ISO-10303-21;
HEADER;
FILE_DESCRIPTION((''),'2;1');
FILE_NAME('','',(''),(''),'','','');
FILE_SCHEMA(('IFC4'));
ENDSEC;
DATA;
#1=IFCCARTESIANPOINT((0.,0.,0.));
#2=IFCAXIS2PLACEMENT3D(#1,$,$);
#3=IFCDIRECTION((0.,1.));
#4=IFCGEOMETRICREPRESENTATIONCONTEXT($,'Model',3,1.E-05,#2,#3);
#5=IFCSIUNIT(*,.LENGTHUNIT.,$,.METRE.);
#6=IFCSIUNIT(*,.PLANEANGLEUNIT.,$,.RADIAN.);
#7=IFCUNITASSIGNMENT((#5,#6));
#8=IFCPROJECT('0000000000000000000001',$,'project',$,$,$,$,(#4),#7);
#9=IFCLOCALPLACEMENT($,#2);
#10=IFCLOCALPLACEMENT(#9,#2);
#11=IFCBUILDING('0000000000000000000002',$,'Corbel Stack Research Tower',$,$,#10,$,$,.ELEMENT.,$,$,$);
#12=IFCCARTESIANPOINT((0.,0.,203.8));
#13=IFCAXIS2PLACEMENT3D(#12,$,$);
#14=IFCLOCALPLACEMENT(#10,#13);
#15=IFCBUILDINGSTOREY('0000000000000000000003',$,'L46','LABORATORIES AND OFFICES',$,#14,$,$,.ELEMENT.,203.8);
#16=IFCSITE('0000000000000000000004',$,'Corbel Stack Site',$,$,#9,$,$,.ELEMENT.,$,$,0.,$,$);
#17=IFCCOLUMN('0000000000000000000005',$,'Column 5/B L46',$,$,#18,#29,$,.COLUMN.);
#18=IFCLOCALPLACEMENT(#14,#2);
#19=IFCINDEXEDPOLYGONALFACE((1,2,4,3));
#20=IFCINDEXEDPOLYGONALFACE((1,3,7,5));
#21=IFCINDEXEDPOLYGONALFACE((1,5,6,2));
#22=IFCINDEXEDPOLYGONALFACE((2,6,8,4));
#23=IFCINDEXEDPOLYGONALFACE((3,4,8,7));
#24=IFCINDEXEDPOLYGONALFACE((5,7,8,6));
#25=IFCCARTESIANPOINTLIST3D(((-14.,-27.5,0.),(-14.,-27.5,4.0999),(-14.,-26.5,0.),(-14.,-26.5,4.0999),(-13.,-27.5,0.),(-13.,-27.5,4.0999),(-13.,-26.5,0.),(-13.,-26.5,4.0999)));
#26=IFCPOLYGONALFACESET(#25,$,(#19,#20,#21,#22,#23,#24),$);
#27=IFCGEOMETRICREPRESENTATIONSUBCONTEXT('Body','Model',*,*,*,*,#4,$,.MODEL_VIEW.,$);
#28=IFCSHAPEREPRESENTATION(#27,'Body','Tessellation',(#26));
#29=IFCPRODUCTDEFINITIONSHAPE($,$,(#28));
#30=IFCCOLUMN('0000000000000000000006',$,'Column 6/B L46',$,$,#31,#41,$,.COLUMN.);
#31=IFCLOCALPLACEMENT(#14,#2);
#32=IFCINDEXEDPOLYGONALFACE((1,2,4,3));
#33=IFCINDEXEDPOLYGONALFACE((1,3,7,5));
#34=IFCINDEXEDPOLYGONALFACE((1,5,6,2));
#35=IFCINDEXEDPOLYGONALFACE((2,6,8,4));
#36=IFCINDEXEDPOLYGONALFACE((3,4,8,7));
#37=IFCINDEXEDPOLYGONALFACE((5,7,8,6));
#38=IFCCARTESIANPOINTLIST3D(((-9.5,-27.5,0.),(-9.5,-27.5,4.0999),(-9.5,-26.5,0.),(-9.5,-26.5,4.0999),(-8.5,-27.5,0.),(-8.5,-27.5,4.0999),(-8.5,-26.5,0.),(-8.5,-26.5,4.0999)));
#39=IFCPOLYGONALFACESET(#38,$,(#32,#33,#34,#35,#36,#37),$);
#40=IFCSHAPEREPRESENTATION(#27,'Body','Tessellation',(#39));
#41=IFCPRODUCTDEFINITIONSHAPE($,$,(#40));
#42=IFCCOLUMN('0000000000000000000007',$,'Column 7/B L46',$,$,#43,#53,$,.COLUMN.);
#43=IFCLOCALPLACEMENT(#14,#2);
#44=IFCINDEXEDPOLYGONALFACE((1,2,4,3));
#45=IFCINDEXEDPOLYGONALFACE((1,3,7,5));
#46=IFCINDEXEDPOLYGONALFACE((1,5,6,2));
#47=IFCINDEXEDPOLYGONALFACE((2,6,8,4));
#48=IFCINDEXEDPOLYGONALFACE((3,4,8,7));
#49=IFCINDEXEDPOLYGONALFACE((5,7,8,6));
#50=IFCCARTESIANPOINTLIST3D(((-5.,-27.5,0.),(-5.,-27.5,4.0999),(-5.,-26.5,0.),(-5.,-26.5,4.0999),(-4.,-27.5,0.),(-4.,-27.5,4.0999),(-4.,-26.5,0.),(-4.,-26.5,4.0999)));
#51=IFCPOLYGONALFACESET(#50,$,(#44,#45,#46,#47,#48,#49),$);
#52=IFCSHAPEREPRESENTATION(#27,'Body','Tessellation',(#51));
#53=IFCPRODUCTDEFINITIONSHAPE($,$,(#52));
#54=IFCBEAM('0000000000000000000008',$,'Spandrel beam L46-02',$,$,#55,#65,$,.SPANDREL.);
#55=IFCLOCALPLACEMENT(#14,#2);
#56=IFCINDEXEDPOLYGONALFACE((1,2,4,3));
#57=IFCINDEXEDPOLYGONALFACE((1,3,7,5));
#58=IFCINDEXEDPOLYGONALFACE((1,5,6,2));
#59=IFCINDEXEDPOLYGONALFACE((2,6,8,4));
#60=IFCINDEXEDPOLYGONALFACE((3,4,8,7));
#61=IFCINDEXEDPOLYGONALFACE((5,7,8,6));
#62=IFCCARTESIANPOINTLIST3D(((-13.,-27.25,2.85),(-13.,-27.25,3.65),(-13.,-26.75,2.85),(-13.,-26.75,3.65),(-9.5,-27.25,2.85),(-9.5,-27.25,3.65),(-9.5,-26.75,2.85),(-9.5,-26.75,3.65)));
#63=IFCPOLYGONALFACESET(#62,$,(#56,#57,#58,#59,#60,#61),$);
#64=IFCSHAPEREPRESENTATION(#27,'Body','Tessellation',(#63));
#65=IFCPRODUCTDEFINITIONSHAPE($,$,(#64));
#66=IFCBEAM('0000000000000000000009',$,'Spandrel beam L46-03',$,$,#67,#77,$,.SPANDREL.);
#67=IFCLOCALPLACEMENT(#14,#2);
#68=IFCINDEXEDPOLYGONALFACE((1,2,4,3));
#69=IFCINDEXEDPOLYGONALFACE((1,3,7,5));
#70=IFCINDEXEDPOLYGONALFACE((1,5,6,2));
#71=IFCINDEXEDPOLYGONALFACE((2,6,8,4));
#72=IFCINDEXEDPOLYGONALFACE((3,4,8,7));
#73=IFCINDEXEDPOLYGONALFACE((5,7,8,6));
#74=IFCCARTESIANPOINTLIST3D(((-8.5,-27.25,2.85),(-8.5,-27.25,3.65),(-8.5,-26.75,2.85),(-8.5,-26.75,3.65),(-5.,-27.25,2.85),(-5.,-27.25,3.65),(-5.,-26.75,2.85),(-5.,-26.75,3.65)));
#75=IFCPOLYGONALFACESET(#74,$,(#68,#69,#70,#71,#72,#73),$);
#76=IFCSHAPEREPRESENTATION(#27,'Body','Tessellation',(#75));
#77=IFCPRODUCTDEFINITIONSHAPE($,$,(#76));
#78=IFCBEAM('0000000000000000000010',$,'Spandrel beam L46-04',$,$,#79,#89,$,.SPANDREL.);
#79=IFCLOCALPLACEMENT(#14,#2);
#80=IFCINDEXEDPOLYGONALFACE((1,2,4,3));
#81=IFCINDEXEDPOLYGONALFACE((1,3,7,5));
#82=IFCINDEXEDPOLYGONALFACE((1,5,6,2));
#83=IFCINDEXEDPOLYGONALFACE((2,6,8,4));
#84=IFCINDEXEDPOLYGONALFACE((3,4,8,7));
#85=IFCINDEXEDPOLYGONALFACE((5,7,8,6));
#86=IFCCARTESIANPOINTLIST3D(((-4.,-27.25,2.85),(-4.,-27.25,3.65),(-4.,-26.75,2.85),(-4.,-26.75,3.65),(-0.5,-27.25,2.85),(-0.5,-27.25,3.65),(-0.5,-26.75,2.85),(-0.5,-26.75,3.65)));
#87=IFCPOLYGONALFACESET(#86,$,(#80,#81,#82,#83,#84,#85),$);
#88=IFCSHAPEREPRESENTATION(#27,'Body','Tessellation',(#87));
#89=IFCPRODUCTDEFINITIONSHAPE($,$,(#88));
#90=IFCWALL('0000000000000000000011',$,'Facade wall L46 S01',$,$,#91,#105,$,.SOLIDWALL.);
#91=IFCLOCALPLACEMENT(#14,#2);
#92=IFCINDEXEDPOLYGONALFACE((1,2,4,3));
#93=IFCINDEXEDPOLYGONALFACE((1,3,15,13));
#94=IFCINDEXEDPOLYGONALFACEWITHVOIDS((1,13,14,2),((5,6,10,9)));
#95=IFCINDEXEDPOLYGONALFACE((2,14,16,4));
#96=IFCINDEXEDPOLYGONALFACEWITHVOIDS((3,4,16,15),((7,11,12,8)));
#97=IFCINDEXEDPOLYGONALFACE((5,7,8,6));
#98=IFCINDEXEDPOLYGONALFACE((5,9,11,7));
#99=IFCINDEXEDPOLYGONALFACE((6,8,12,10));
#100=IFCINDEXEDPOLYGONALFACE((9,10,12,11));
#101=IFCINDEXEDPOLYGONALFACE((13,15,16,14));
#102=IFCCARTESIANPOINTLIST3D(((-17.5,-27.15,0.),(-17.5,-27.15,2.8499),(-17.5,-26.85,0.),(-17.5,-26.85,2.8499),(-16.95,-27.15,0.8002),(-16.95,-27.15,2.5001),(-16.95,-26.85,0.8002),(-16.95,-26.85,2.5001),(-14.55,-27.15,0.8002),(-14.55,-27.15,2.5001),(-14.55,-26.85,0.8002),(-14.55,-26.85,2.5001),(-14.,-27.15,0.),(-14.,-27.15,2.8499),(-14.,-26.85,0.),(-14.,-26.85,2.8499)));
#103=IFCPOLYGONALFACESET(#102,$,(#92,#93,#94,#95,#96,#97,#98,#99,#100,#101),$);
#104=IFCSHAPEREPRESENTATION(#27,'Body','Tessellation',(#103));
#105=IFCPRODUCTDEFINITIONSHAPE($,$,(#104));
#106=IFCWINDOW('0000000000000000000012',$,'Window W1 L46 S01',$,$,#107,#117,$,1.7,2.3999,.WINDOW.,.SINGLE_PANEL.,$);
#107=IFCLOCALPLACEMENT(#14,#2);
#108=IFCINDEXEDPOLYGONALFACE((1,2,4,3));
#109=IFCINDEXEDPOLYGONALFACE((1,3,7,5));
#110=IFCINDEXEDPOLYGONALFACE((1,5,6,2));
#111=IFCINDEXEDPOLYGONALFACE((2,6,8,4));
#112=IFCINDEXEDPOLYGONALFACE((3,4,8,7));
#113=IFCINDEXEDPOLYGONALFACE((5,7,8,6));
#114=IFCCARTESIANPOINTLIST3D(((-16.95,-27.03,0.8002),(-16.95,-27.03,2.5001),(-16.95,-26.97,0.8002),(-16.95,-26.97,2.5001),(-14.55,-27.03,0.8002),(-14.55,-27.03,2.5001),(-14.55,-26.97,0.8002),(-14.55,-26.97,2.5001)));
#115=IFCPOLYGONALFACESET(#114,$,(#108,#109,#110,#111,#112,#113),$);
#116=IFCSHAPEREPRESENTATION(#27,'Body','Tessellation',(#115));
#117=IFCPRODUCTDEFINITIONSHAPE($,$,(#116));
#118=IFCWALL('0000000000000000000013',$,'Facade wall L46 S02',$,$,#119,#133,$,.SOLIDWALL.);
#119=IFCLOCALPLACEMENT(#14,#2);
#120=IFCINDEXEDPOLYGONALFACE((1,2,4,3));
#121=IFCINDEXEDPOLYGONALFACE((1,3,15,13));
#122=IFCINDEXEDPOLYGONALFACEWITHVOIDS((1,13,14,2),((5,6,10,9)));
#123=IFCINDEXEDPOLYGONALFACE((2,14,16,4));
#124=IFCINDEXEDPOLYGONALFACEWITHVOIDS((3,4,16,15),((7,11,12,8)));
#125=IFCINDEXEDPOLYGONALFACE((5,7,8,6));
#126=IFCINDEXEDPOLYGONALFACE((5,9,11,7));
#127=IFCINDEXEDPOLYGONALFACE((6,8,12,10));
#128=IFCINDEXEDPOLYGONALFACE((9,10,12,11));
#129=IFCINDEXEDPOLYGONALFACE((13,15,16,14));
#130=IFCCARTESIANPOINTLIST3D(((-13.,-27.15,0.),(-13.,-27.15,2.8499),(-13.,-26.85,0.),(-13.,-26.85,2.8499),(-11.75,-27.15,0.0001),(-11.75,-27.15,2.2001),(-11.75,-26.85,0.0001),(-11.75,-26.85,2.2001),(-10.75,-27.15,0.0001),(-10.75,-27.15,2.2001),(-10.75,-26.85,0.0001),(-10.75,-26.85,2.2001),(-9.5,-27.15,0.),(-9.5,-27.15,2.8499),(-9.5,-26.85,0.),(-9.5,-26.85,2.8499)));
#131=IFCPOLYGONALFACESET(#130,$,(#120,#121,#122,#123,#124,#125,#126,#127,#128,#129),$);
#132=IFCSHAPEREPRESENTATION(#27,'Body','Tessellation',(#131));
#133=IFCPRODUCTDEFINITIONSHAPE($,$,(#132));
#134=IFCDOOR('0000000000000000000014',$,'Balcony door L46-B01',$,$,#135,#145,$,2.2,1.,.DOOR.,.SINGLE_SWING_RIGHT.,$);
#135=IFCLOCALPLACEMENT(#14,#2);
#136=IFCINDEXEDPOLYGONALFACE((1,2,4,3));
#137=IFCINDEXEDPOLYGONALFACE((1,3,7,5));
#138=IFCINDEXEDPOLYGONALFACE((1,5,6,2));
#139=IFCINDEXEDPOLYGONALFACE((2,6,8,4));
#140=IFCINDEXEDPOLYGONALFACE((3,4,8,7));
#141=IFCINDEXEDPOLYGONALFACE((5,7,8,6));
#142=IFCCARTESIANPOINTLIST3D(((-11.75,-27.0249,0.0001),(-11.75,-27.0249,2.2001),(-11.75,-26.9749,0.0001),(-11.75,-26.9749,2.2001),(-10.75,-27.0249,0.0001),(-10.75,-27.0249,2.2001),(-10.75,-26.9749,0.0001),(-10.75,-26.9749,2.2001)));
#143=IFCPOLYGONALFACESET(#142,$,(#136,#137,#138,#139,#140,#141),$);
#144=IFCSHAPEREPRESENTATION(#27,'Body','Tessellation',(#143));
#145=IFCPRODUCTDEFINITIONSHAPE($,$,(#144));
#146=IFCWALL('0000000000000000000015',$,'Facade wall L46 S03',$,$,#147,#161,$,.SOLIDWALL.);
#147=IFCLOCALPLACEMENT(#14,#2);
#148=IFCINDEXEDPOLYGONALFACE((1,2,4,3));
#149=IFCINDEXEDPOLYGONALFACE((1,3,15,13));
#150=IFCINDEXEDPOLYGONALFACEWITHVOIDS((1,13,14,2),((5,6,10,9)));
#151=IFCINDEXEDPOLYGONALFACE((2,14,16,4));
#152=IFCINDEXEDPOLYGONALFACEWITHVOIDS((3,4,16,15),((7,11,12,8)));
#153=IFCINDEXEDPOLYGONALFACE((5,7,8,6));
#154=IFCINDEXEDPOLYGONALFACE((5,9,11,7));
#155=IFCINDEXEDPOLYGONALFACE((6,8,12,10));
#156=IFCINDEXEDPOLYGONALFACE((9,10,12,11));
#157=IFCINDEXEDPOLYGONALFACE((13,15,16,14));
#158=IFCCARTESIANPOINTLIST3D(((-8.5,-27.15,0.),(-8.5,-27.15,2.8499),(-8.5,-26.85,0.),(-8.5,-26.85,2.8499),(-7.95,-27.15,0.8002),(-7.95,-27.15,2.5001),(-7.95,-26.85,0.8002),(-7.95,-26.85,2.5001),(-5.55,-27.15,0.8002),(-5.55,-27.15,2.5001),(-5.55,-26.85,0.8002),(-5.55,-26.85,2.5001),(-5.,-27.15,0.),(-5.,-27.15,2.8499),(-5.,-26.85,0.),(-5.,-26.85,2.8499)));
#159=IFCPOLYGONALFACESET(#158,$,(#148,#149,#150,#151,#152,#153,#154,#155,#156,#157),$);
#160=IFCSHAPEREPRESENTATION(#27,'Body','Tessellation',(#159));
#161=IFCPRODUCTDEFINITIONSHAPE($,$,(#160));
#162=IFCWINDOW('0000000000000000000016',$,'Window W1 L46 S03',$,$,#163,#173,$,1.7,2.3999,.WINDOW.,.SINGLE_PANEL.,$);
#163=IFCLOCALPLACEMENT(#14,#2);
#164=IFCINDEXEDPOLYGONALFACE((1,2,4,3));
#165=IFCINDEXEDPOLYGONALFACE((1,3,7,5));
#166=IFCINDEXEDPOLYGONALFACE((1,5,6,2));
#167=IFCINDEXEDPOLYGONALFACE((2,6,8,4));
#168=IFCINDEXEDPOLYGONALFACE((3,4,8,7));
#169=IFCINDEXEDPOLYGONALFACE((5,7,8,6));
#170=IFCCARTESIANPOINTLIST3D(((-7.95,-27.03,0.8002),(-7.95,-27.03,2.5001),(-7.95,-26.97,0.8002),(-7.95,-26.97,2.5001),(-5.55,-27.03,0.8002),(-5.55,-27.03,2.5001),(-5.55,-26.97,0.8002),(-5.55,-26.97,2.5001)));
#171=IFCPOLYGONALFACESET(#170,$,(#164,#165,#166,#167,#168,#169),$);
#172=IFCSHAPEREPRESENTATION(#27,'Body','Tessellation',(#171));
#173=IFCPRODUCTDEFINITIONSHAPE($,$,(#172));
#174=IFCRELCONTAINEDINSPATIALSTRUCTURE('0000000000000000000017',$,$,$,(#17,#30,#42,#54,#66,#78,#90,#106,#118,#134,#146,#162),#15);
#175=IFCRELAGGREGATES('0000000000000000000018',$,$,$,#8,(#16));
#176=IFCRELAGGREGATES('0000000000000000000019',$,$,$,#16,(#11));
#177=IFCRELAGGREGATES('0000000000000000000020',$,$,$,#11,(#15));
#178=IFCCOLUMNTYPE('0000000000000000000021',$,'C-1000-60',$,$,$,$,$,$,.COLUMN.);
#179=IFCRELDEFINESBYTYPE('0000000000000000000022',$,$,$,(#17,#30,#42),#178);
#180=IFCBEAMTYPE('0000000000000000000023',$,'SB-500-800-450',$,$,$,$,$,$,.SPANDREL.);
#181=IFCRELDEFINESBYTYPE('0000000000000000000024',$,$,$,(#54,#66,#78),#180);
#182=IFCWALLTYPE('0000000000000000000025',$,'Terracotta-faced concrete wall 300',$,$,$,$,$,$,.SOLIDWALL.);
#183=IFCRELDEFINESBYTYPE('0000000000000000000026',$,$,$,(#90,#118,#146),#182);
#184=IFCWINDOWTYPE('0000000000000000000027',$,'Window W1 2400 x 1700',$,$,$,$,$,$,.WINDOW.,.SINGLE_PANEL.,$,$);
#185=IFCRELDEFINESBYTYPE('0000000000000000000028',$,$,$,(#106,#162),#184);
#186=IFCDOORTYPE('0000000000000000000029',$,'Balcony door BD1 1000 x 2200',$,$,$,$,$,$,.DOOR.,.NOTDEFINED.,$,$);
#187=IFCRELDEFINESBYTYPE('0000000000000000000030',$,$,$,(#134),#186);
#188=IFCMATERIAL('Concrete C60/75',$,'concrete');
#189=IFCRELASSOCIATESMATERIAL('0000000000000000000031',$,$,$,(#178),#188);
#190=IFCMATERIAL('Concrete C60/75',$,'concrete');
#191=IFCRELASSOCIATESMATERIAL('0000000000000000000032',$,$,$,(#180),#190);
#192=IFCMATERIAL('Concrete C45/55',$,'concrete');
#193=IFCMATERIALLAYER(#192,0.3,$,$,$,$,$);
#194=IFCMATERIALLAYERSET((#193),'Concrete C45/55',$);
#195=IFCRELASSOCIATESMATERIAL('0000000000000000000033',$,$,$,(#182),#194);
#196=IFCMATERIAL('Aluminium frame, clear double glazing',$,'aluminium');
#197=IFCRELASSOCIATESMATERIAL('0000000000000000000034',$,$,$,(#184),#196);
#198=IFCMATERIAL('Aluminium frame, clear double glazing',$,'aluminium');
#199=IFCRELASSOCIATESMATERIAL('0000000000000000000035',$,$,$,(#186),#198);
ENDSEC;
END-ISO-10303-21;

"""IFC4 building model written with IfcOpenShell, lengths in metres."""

from ifc_helpers import new_model, si_unit, direction, frame, frame_2d, origin, origin_2d, place, context, subcontext, project, spatial, rectangle, extrude, material, layer, layer_set, material_profile, profile_set, type_object, element, fill, save


model = new_model("IFC4")

# Units and contexts
model_context = context("Model", 3, precision=1e-05, world=origin(), true_north=direction((0.0, 1.0)))
body_context = subcontext(model_context, "Body", "Model", "MODEL_VIEW")
ifc_project = project(units=[si_unit("LENGTHUNIT", "METRE"), si_unit("PLANEANGLEUNIT", "RADIAN")], contexts=[model_context])

# Site, building, storey
site_placement = place(None, origin())
site = spatial("IfcSite", under=ifc_project, at=site_placement, Name="Corbel Stack Site", CompositionType="ELEMENT", RefElevation=0.0)
building_placement = place(site_placement, origin())
building = spatial("IfcBuilding", under=site, at=building_placement, Name="Corbel Stack Research Tower", CompositionType="ELEMENT")
storey_placement = place(building_placement, frame((0.0, 0.0, 203.8)))
storey = spatial("IfcBuildingStorey", under=building, at=storey_placement, Name="L46", Description="LABORATORIES AND OFFICES", CompositionType="ELEMENT", Elevation=203.8)

# Columns
ifc_material_1 = material(Name="Concrete C60/75", Category="concrete")
ifc_material_profile_1 = material_profile(ifc_material_1, rectangle(XDim=1.0, YDim=1.0, at=origin_2d()), Name="RC 1000 x 1000")
ifc_profile_set_1 = profile_set([ifc_material_profile_1], Name="Concrete C60/75")
column_type = type_object("IfcColumnType", Name="C-1000-60", PredefinedType="COLUMN", material=ifc_profile_set_1)
for number, where, z_axis, x_axis, name in (
    (1, (-13.5, -27.0, 0.0), (0.0, 0.0, 1.0), (1.0, 0.0, 0.0), "Column 5/B L46"),
    (2, (-9.0, -27.0, 0.0), (0.0, 0.0, 1.0), (1.0, 0.0, 0.0), "Column 6/B L46"),
    (3, (-4.5, -27.0, 0.0), (0.0, 0.0, 1.0), (1.0, 0.0, 0.0), "Column 7/B L46"),
):
    element("IfcColumn", number, at=place(storey_placement, frame(where, z_axis=z_axis, x_axis=x_axis)), inside=storey, type_object=column_type, Name=name, PredefinedType="COLUMN", context=body_context, shape_type="SweptSolid", body=[
        extrude(rectangle(XDim=1.0, YDim=1.0, at=origin_2d()), origin(), (0.0, 0.0, 1.0), 4.0999),
    ])

# Beams
ifc_material_2 = material(Name="Concrete C60/75", Category="concrete")
ifc_material_profile_2 = material_profile(ifc_material_2, rectangle(XDim=0.5, YDim=0.8, at=origin_2d()), Name="RC 500 x 800")
ifc_profile_set_2 = profile_set([ifc_material_profile_2], Name="Concrete C60/75")
beam_type = type_object("IfcBeamType", Name="SB-500-800-450", PredefinedType="SPANDREL", material=ifc_profile_set_2)
for number, where, z_axis, x_axis, name in (
    (4, (-13.0, -27.0, 3.25), (1.0, 0.0, 0.0), (0.0, 1.0, 0.0), "Spandrel beam L46-02"),
    (5, (-8.5, -27.0, 3.25), (1.0, 0.0, 0.0), (0.0, 1.0, 0.0), "Spandrel beam L46-03"),
    (6, (-4.0, -27.0, 3.25), (1.0, 0.0, 0.0), (0.0, 1.0, 0.0), "Spandrel beam L46-04"),
):
    element("IfcBeam", number, at=place(storey_placement, frame(where, z_axis=z_axis, x_axis=x_axis)), inside=storey, type_object=beam_type, Name=name, PredefinedType="SPANDREL", context=body_context, shape_type="SweptSolid", body=[
        extrude(rectangle(XDim=0.5, YDim=0.8, at=origin_2d()), origin(), (0.0, 0.0, 1.0), 3.5),
    ])

# Wall, opening, window
ifc_material_3 = material(Name="Concrete C45/55", Category="concrete")
ifc_layer = layer(ifc_material_3, 0.3)
ifc_layer_set = layer_set([ifc_layer], Name="Concrete C45/55")
wall_type = type_object("IfcWallType", Name="Terracotta-faced concrete wall 300", PredefinedType="SOLIDWALL", material=ifc_layer_set)
wall_1_placement = place(storey_placement, frame((-14.0, -27.0, 0.0), z_axis=(0.0, 0.0, 1.0), x_axis=(-1.0, 0.0, 0.0)))
wall_1 = element("IfcWall", 7, at=wall_1_placement, inside=storey, type_object=wall_type, Name="Facade wall L46 S01", PredefinedType="SOLIDWALL", context=body_context, shape_type="SweptSolid", body=[
    extrude(rectangle(XDim=3.5, YDim=0.3, at=frame_2d((1.75, 0.0))), origin(), (0.0, 0.0, 1.0), 2.8499),
])
opening_1_placement = place(wall_1_placement, frame((0.55, 0.0, 0.8)))
opening_1 = element("IfcOpeningElement", 8, at=opening_1_placement, cuts=wall_1, PredefinedType="OPENING", context=body_context, shape_type="SweptSolid", body=[
    extrude(rectangle(XDim=2.3999, YDim=1.7, at=frame_2d((1.2, 0.8501))), frame((0.0, 0.1599, 0.0), z_axis=(0.0, -1.0, 0.0), x_axis=(1.0, 0.0, 0.0)), (0.0, 0.0, 1.0), 0.3201),
])
ifc_material_4 = material(Name="Aluminium frame, clear double glazing", Category="aluminium")
window_type = type_object("IfcWindowType", Name="Window W1 2400 x 1700", PartitioningType="SINGLE_PANEL", PredefinedType="WINDOW", material=ifc_material_4)
window_1_placement = place(opening_1_placement, origin())
window_1 = element("IfcWindow", 9, at=window_1_placement, inside=storey, type_object=window_type, Name="Window W1 L46 S01", OverallHeight=1.7, OverallWidth=2.3999, PartitioningType="SINGLE_PANEL", PredefinedType="WINDOW", context=body_context, shape_type="SweptSolid", body=[
    extrude(rectangle(XDim=2.3999, YDim=1.7, at=frame_2d((1.2, 0.8501))), frame((0.0, 0.03, 0.0), z_axis=(0.0, -1.0, 0.0), x_axis=(1.0, 0.0, 0.0)), (0.0, 0.0, 1.0), 0.0601),
])
fill(opening_1, window_1)

# Wall, opening, door
wall_2_placement = place(storey_placement, frame((-9.5, -27.0, 0.0), z_axis=(0.0, 0.0, 1.0), x_axis=(-1.0, 0.0, 0.0)))
wall_2 = element("IfcWall", 10, at=wall_2_placement, inside=storey, type_object=wall_type, Name="Facade wall L46 S02", PredefinedType="SOLIDWALL", context=body_context, shape_type="SweptSolid", body=[
    extrude(rectangle(XDim=3.5, YDim=0.3, at=frame_2d((1.75, 0.0))), origin(), (0.0, 0.0, 1.0), 2.8499),
])
opening_2_placement = place(wall_2_placement, frame((1.25, 0.0, 0.0)))
opening_2 = element("IfcOpeningElement", 11, at=opening_2_placement, cuts=wall_2, PredefinedType="OPENING", context=body_context, shape_type="SweptSolid", body=[
    extrude(rectangle(XDim=1.0, YDim=2.2, at=frame_2d((0.5, 1.1001))), frame((0.0, 0.1599, 0.0), z_axis=(0.0, -1.0, 0.0), x_axis=(1.0, 0.0, 0.0)), (0.0, 0.0, 1.0), 0.3201),
])
ifc_material_5 = material(Name="Aluminium frame, clear double glazing", Category="aluminium")
door_type = type_object("IfcDoorType", Name="Balcony door BD1 1000 x 2200", OperationType="NOTDEFINED", PredefinedType="DOOR", material=ifc_material_5)
door_placement = place(opening_2_placement, origin())
door = element("IfcDoor", 12, at=door_placement, inside=storey, type_object=door_type, Name="Balcony door L46-B01", OperationType="SINGLE_SWING_RIGHT", OverallHeight=2.2, OverallWidth=1.0, PredefinedType="DOOR", context=body_context, shape_type="SweptSolid", body=[
    extrude(rectangle(XDim=1.0, YDim=2.2, at=frame_2d((0.5, 1.1001))), frame((0.0, 0.0249, 0.0), z_axis=(0.0, -1.0, 0.0), x_axis=(1.0, 0.0, 0.0)), (0.0, 0.0, 1.0), 0.05),
])
fill(opening_2, door)

# Wall, opening, window
wall_3_placement = place(storey_placement, frame((-5.0, -27.0, 0.0), z_axis=(0.0, 0.0, 1.0), x_axis=(-1.0, 0.0, 0.0)))
wall_3 = element("IfcWall", 13, at=wall_3_placement, inside=storey, type_object=wall_type, Name="Facade wall L46 S03", PredefinedType="SOLIDWALL", context=body_context, shape_type="SweptSolid", body=[
    extrude(rectangle(XDim=3.5, YDim=0.3, at=frame_2d((1.75, 0.0))), origin(), (0.0, 0.0, 1.0), 2.8499),
])
opening_3_placement = place(wall_3_placement, frame((0.55, 0.0, 0.8)))
opening_3 = element("IfcOpeningElement", 14, at=opening_3_placement, cuts=wall_3, PredefinedType="OPENING", context=body_context, shape_type="SweptSolid", body=[
    extrude(rectangle(XDim=2.3999, YDim=1.7, at=frame_2d((1.2, 0.8501))), frame((0.0, 0.1599, 0.0), z_axis=(0.0, -1.0, 0.0), x_axis=(1.0, 0.0, 0.0)), (0.0, 0.0, 1.0), 0.3201),
])
window_2_placement = place(opening_3_placement, origin())
window_2 = element("IfcWindow", 15, at=window_2_placement, inside=storey, type_object=window_type, Name="Window W1 L46 S03", OverallHeight=1.7, OverallWidth=2.3999, PartitioningType="SINGLE_PANEL", PredefinedType="WINDOW", context=body_context, shape_type="SweptSolid", body=[
    extrude(rectangle(XDim=2.3999, YDim=1.7, at=frame_2d((1.2, 0.8501))), frame((0.0, 0.03, 0.0), z_axis=(0.0, -1.0, 0.0), x_axis=(1.0, 0.0, 0.0)), (0.0, 0.0, 1.0), 0.0601),
])
fill(opening_3, window_2)

save(model, "model.ifc")
